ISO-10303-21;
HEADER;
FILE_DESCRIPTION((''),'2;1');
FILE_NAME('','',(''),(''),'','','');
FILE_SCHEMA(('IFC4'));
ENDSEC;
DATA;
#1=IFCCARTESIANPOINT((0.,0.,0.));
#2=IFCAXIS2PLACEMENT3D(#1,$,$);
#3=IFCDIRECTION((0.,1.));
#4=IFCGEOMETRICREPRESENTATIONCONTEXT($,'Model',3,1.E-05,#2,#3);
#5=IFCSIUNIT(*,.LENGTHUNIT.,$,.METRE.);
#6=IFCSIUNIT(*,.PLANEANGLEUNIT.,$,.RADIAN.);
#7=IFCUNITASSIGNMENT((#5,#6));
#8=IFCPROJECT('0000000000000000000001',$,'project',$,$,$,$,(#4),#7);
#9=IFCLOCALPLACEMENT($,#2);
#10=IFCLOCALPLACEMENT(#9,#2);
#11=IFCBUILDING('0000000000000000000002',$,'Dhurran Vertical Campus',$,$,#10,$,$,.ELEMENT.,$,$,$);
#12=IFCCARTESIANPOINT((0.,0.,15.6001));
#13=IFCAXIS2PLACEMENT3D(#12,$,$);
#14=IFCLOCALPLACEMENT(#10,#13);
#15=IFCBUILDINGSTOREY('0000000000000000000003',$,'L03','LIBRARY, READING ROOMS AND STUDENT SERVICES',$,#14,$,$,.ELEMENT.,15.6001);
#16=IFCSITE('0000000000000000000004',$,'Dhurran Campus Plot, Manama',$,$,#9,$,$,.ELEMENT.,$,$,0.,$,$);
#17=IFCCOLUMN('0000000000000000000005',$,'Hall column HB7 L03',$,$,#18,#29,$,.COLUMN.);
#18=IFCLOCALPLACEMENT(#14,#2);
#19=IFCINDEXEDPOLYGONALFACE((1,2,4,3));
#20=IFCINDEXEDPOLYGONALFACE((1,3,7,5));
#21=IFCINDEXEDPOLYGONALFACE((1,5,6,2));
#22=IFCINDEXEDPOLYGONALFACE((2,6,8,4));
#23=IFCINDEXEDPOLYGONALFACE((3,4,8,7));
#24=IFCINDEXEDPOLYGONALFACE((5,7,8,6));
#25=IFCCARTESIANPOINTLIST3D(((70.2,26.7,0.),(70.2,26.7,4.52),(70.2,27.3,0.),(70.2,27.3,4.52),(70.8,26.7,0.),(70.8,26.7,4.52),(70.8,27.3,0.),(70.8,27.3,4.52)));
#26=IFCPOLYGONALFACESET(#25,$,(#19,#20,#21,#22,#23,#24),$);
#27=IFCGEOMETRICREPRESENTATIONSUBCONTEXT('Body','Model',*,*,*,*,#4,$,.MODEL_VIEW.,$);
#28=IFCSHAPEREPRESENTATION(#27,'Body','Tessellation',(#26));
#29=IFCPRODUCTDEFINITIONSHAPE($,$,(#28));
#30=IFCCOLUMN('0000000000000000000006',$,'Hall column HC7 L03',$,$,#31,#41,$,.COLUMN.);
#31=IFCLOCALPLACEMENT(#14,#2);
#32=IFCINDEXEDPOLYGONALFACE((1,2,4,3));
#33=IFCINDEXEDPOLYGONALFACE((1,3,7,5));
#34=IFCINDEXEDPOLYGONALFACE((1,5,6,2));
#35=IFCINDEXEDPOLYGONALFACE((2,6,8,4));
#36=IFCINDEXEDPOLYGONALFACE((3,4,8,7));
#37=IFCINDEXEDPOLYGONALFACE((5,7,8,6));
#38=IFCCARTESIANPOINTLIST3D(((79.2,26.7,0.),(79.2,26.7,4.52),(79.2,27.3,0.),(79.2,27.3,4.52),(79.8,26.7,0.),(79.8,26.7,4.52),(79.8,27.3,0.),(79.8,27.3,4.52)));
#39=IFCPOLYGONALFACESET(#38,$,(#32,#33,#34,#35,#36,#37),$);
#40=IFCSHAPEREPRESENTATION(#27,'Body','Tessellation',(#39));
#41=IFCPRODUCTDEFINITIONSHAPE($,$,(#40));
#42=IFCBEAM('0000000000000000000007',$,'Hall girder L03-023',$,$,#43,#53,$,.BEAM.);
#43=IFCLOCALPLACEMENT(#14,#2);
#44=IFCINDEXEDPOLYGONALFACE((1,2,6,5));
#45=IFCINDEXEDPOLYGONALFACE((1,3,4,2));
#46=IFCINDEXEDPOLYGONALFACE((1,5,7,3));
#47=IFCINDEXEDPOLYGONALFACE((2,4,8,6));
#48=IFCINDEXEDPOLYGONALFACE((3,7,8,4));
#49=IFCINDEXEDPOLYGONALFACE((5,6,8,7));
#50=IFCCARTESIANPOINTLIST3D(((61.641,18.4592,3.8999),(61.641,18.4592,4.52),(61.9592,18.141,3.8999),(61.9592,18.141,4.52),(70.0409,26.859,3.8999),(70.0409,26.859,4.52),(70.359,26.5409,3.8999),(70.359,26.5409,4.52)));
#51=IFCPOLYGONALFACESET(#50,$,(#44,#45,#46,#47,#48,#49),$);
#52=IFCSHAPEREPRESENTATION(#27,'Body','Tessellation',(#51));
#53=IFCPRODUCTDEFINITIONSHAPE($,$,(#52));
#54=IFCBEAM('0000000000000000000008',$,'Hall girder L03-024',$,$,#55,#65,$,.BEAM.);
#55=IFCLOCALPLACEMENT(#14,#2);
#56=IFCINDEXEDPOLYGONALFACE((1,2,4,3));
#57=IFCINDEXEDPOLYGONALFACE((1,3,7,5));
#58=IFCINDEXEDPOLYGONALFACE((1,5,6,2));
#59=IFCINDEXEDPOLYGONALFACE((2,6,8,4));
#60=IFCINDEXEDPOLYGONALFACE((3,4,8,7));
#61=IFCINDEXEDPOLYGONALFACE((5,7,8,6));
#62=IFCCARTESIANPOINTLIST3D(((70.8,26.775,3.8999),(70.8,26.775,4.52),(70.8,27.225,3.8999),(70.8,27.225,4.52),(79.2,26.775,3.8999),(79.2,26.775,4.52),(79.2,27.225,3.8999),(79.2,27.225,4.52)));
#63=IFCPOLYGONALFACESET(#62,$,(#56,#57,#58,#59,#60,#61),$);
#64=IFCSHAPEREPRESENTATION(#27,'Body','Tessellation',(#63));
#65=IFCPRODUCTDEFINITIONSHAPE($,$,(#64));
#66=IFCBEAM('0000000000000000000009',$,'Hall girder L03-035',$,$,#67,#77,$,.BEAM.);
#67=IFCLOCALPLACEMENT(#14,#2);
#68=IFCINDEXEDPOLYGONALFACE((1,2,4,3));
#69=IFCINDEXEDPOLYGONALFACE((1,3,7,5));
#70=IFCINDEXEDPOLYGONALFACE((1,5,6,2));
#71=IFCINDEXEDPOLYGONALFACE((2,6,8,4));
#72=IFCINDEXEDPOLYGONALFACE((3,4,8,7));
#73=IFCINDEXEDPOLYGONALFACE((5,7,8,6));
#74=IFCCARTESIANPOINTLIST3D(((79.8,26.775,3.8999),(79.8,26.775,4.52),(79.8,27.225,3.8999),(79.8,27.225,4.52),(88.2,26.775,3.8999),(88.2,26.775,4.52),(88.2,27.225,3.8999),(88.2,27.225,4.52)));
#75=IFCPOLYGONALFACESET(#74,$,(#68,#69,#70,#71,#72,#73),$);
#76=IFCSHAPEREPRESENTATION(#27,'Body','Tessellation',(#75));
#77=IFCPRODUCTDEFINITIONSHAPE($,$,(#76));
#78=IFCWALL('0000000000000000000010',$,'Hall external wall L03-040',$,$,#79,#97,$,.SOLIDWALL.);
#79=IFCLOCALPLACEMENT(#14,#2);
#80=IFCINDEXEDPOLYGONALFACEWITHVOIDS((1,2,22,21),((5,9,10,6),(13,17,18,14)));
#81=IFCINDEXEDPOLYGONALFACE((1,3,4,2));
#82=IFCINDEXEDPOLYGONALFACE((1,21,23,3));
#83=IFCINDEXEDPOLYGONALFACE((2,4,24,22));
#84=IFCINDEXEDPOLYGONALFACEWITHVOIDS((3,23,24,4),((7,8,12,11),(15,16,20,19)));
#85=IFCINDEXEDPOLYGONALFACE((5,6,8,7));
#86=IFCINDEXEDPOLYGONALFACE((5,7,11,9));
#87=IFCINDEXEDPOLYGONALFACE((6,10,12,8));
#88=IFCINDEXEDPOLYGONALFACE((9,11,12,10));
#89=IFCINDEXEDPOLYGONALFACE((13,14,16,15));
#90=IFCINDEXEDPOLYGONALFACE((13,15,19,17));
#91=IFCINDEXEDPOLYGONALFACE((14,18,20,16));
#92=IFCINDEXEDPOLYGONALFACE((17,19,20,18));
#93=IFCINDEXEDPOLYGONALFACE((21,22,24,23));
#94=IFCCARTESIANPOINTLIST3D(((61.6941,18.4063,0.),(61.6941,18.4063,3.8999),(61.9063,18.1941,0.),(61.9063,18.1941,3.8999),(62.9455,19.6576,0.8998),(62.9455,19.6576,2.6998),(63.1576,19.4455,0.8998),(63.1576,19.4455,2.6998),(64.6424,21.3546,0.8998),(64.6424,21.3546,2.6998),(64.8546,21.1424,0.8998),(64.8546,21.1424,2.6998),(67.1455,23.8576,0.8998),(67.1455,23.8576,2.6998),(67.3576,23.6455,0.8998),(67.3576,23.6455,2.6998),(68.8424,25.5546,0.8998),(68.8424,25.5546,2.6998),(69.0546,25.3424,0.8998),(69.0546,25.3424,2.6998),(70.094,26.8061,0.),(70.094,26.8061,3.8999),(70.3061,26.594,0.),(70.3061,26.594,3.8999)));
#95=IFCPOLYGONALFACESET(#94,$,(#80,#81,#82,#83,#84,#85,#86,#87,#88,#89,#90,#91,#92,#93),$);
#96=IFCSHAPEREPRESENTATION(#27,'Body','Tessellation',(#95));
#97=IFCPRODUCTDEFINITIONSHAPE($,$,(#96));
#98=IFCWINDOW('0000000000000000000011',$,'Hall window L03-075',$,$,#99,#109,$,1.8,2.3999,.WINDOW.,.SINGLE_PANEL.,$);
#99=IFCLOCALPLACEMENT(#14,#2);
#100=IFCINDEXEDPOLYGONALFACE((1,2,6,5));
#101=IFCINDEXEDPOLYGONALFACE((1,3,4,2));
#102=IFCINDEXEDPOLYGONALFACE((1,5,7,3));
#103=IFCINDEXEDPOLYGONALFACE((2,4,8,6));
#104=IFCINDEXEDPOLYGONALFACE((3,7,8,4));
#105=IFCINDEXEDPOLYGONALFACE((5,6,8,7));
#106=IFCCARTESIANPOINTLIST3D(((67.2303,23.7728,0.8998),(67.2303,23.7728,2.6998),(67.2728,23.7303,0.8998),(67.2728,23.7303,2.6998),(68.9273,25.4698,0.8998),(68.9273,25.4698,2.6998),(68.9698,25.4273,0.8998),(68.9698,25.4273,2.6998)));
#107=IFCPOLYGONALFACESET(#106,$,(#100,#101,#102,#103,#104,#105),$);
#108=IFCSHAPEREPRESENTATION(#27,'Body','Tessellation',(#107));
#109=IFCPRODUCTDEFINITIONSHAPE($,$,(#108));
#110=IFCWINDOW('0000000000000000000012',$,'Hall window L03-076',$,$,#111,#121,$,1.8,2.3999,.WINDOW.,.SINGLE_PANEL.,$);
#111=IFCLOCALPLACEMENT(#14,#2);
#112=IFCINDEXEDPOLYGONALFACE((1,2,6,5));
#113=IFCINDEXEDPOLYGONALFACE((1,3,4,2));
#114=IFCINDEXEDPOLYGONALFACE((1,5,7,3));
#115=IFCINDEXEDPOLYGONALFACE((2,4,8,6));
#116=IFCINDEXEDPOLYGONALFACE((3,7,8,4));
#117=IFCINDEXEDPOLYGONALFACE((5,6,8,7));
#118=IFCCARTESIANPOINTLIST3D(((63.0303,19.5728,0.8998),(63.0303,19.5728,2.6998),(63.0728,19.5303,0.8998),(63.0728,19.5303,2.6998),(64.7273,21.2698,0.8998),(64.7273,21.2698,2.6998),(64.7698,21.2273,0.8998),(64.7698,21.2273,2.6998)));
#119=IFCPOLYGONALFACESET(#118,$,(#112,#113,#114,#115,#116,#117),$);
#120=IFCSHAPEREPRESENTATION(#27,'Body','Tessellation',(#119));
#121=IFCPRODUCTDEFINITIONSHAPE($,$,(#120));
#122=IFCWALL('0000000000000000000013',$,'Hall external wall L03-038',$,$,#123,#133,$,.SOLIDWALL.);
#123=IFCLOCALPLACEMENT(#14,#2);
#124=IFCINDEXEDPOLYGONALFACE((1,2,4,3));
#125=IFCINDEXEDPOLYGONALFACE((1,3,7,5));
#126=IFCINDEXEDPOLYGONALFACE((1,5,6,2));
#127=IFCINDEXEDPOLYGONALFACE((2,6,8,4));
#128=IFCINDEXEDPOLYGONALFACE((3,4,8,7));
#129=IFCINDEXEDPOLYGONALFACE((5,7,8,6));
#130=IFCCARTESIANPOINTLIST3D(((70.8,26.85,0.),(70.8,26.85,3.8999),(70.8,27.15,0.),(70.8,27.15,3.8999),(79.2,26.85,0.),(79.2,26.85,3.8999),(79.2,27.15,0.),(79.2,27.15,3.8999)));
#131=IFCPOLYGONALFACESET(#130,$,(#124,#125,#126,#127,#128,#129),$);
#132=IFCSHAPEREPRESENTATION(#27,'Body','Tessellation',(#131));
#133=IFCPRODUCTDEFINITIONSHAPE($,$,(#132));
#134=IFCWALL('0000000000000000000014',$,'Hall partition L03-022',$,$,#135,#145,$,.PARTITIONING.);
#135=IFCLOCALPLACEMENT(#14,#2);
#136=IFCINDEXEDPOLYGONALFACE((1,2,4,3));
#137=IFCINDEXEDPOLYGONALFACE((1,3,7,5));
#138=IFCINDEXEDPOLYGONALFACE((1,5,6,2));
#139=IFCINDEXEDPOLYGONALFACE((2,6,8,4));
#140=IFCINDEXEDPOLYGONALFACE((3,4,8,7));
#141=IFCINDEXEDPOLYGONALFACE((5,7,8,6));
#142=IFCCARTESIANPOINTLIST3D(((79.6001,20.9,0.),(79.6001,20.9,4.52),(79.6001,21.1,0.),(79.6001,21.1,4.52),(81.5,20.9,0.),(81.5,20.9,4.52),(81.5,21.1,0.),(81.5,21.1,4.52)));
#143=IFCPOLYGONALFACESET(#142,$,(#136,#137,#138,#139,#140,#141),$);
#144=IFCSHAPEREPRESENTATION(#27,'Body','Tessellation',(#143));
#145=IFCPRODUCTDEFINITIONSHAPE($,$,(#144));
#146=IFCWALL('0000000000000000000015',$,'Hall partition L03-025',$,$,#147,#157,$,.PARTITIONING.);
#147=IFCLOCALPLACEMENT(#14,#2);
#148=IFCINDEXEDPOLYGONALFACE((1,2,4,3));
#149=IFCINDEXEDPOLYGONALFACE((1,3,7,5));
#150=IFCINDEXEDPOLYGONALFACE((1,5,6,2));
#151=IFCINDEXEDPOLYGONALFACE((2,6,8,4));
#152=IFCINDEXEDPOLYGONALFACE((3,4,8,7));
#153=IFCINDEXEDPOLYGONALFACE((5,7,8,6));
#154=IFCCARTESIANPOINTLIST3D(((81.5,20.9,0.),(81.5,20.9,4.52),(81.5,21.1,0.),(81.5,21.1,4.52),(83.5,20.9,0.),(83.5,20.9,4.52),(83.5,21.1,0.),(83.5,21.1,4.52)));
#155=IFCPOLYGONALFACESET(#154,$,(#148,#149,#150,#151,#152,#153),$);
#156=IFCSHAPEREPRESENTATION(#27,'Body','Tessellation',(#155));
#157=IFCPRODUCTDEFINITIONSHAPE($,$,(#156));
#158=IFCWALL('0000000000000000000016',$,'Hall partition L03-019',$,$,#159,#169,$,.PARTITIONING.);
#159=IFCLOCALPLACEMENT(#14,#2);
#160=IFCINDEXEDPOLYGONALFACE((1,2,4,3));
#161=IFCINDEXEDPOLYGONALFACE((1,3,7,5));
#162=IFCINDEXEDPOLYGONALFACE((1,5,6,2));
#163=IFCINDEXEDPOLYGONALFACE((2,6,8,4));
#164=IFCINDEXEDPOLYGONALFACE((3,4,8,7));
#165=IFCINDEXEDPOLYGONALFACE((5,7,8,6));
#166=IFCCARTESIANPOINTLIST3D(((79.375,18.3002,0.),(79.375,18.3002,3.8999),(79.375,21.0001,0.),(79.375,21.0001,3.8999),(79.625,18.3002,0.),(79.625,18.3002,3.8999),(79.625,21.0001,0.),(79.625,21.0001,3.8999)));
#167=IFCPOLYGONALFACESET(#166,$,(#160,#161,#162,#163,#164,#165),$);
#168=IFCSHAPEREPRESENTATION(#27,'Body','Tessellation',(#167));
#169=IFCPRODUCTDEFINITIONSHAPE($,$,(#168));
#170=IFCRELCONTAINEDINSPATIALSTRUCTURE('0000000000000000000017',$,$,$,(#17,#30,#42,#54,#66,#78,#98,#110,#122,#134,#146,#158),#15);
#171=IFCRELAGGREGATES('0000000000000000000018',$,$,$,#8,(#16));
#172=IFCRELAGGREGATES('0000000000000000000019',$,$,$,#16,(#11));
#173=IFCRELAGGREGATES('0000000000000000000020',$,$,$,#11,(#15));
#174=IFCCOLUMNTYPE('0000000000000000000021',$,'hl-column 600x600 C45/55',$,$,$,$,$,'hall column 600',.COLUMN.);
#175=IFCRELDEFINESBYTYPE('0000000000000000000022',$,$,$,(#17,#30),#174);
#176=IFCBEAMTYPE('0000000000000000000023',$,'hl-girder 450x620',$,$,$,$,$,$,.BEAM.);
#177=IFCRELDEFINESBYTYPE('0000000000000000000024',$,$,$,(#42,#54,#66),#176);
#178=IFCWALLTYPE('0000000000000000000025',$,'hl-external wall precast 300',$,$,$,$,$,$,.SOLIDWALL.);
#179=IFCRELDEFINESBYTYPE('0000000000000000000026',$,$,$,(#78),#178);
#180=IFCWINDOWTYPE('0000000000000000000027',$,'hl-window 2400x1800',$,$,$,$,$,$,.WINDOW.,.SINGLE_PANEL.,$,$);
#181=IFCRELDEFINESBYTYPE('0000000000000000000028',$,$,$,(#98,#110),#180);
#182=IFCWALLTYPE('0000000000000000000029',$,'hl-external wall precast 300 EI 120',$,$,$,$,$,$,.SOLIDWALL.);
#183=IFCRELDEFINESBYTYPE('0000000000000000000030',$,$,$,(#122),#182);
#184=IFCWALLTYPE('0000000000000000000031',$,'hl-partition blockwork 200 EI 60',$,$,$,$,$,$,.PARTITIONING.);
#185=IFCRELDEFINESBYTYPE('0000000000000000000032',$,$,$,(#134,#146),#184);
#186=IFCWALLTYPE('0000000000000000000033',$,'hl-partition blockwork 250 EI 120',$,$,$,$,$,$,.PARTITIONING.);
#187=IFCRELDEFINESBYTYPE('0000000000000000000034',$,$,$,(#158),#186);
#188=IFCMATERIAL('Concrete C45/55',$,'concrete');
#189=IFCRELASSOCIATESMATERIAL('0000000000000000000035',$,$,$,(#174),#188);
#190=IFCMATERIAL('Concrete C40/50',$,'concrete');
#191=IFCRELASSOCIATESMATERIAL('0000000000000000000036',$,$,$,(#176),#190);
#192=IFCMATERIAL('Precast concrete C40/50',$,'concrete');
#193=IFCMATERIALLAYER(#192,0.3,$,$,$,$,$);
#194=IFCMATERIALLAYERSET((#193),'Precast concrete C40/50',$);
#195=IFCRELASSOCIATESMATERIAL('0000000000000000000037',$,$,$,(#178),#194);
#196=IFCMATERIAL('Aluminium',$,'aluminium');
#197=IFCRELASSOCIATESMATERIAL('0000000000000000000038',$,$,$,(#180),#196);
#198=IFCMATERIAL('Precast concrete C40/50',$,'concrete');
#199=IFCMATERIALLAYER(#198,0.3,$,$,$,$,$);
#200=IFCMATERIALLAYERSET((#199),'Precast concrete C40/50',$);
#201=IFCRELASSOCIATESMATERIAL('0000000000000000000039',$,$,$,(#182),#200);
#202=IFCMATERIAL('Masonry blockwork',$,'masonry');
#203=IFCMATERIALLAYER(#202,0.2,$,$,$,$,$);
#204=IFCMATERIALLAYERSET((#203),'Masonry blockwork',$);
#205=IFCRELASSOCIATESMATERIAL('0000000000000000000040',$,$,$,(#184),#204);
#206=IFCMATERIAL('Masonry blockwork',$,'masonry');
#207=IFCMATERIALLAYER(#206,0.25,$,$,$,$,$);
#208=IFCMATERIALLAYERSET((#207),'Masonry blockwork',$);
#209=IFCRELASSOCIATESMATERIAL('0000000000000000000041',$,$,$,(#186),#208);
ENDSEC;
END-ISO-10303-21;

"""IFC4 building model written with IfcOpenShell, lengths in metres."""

from ifc_helpers import new_model, si_unit, direction, frame, frame_2d, origin, origin_2d, place, context, subcontext, project, spatial, rectangle, extrude, material, layer, layer_set, material_profile, profile_set, type_object, element, fill, save


model = new_model("IFC4")

# Units and contexts
model_context = context("Model", 3, precision=1e-05, world=origin(), true_north=direction((0.0, 1.0)))
body_context = subcontext(model_context, "Body", "Model", "MODEL_VIEW")
ifc_project = project(units=[si_unit("LENGTHUNIT", "METRE"), si_unit("PLANEANGLEUNIT", "RADIAN")], contexts=[model_context])

# Site, building, storey
site_placement = place(None, origin())
site = spatial("IfcSite", under=ifc_project, at=site_placement, Name="Dhurran Campus Plot, Manama", CompositionType="ELEMENT", RefElevation=0.0)
building_placement = place(site_placement, origin())
building = spatial("IfcBuilding", under=site, at=building_placement, Name="Dhurran Vertical Campus", CompositionType="ELEMENT")
storey_placement = place(building_placement, frame((0.0, 0.0, 15.6001)))
storey = spatial("IfcBuildingStorey", under=building, at=storey_placement, Name="L03", Description="LIBRARY, READING ROOMS AND STUDENT SERVICES", CompositionType="ELEMENT", Elevation=15.6001)

# Columns
ifc_material_1 = material(Name="Concrete C45/55", Category="concrete")
ifc_material_profile_1 = material_profile(ifc_material_1, rectangle(XDim=0.6001, YDim=0.6001, at=origin_2d()), Name="hl-column 600x600 C45/55")
ifc_profile_set_1 = profile_set([ifc_material_profile_1], Name="Concrete C45/55")
column_type = type_object("IfcColumnType", Name="hl-column 600x600 C45/55", ElementType="hall column 600", PredefinedType="COLUMN", material=ifc_profile_set_1)
for number, where, z_axis, x_axis, name in (
    (1, (70.5, 27.0, 0.0), (0.0, 0.0, 1.0), (1.0, 0.0, 0.0), "Hall column HB7 L03"),
    (2, (79.5, 27.0, 0.0), (0.0, 0.0, 1.0), (1.0, 0.0, 0.0), "Hall column HC7 L03"),
):
    element("IfcColumn", number, at=place(storey_placement, frame(where, z_axis=z_axis, x_axis=x_axis)), inside=storey, type_object=column_type, Name=name, PredefinedType="COLUMN", context=body_context, shape_type="SweptSolid", body=[
        extrude(rectangle(XDim=0.6001, YDim=0.6001, at=origin_2d()), origin(), (0.0, 0.0, 1.0), 4.52),
    ])

# Beams
ifc_material_2 = material(Name="Concrete C40/50", Category="concrete")
ifc_material_profile_2 = material_profile(ifc_material_2, rectangle(XDim=0.45, YDim=0.6201, at=origin_2d()), Name="hl-girder 450x620")
ifc_profile_set_2 = profile_set([ifc_material_profile_2], Name="Concrete C40/50")
beam_type = type_object("IfcBeamType", Name="hl-girder 450x620", PredefinedType="BEAM", material=ifc_profile_set_2)
beam_placement = place(storey_placement, frame((70.2, 26.7, 4.21), z_axis=(-0.707107, -0.707107, 0.0), x_axis=(0.707107, -0.707107, 0.0)))
element("IfcBeam", 3, at=beam_placement, inside=storey, type_object=beam_type, Name="Hall girder L03-023", PredefinedType="BEAM", context=body_context, shape_type="SweptSolid", body=[
    extrude(rectangle(XDim=0.45, YDim=0.6201, at=origin_2d()), origin(), (0.0, 0.0, 1.0), 11.8792),
])
for number, where, z_axis, x_axis, name in (
    (4, (70.8, 27.0, 4.21), (1.0, 0.0, 0.0), (0.0, 1.0, 0.0), "Hall girder L03-024"),
    (5, (79.8, 27.0, 4.21), (1.0, 0.0, 0.0), (0.0, 1.0, 0.0), "Hall girder L03-035"),
):
    element("IfcBeam", number, at=place(storey_placement, frame(where, z_axis=z_axis, x_axis=x_axis)), inside=storey, type_object=beam_type, Name=name, PredefinedType="BEAM", context=body_context, shape_type="SweptSolid", body=[
        extrude(rectangle(XDim=0.45, YDim=0.6201, at=origin_2d()), origin(), (0.0, 0.0, 1.0), 8.3999),
    ])

# Wall, openings, windows
ifc_material_3 = material(Name="Precast concrete C40/50", Category="concrete")
ifc_layer_1 = layer(ifc_material_3, 0.3)
ifc_layer_set_1 = layer_set([ifc_layer_1], Name="Precast concrete C40/50")
wall_type_1 = type_object("IfcWallType", Name="hl-external wall precast 300", PredefinedType="SOLIDWALL", material=ifc_layer_set_1)
wall_1_placement = place(storey_placement, frame((70.2, 26.7, 0.0), z_axis=(0.0, 0.0, 1.0), x_axis=(-0.707107, -0.707107, 0.0)))
wall_1 = element("IfcWall", 6, at=wall_1_placement, inside=storey, type_object=wall_type_1, Name="Hall external wall L03-040", PredefinedType="SOLIDWALL", context=body_context, shape_type="SweptSolid", body=[
    extrude(rectangle(XDim=11.8792, YDim=0.3, at=frame_2d((5.9395, 0.0))), origin(), (0.0, 0.0, 1.0), 3.8999),
])
opening_1_placement = place(wall_1_placement, frame((1.7698, 0.0, 0.8999)))
opening_1 = element("IfcOpeningElement", 7, at=opening_1_placement, cuts=wall_1, PredefinedType="OPENING", context=body_context, shape_type="SweptSolid", body=[
    extrude(rectangle(XDim=2.3999, YDim=1.8, at=frame_2d((1.2, 0.8999))), frame((0.0, 0.1599, 0.0), z_axis=(0.0, -1.0, 0.0), x_axis=(1.0, 0.0, 0.0)), (0.0, 0.0, 1.0), 0.3201),
])
opening_2_placement = place(wall_1_placement, frame((7.7095, 0.0, 0.8999)))
opening_2 = element("IfcOpeningElement", 8, at=opening_2_placement, cuts=wall_1, PredefinedType="OPENING", context=body_context, shape_type="SweptSolid", body=[
    extrude(rectangle(XDim=2.3999, YDim=1.8, at=frame_2d((1.2, 0.8999))), frame((0.0, 0.1599, 0.0), z_axis=(0.0, -1.0, 0.0), x_axis=(1.0, 0.0, 0.0)), (0.0, 0.0, 1.0), 0.3201),
])
ifc_material_4 = material(Name="Aluminium", Category="aluminium")
window_type = type_object("IfcWindowType", Name="hl-window 2400x1800", PartitioningType="SINGLE_PANEL", PredefinedType="WINDOW", material=ifc_material_4)
window_1_placement = place(opening_1_placement, origin())
window_1 = element("IfcWindow", 9, at=window_1_placement, inside=storey, type_object=window_type, Name="Hall window L03-075", OverallHeight=1.8, OverallWidth=2.3999, PartitioningType="SINGLE_PANEL", PredefinedType="WINDOW", context=body_context, shape_type="SweptSolid", body=[
    extrude(rectangle(XDim=2.3999, YDim=1.8, at=frame_2d((1.2, 0.8999))), frame((0.0, 0.03, 0.0), z_axis=(0.0, -1.0, 0.0), x_axis=(1.0, 0.0, 0.0)), (0.0, 0.0, 1.0), 0.0601),
])
fill(opening_1, window_1)
window_2_placement = place(opening_2_placement, origin())
window_2 = element("IfcWindow", 10, at=window_2_placement, inside=storey, type_object=window_type, Name="Hall window L03-076", OverallHeight=1.8, OverallWidth=2.3999, PartitioningType="SINGLE_PANEL", PredefinedType="WINDOW", context=body_context, shape_type="SweptSolid", body=[
    extrude(rectangle(XDim=2.3999, YDim=1.8, at=frame_2d((1.2, 0.8999))), frame((0.0, 0.03, 0.0), z_axis=(0.0, -1.0, 0.0), x_axis=(1.0, 0.0, 0.0)), (0.0, 0.0, 1.0), 0.0601),
])
fill(opening_2, window_2)

# Walls
ifc_material_5 = material(Name="Precast concrete C40/50", Category="concrete")
ifc_layer_2 = layer(ifc_material_5, 0.3)
ifc_layer_set_2 = layer_set([ifc_layer_2], Name="Precast concrete C40/50")
wall_type_2 = type_object("IfcWallType", Name="hl-external wall precast 300 EI 120", PredefinedType="SOLIDWALL", material=ifc_layer_set_2)
wall_2_placement = place(storey_placement, frame((79.2, 27.0, 0.0), z_axis=(0.0, 0.0, 1.0), x_axis=(-1.0, 0.0, 0.0)))
element("IfcWall", 11, at=wall_2_placement, inside=storey, type_object=wall_type_2, Name="Hall external wall L03-038", PredefinedType="SOLIDWALL", context=body_context, shape_type="SweptSolid", body=[
    extrude(rectangle(XDim=8.3999, YDim=0.3, at=frame_2d((4.2, 0.0))), origin(), (0.0, 0.0, 1.0), 3.8999),
])
ifc_material_6 = material(Name="Masonry blockwork", Category="masonry")
ifc_layer_3 = layer(ifc_material_6, 0.2)
ifc_layer_set_3 = layer_set([ifc_layer_3], Name="Masonry blockwork")
wall_type_3 = type_object("IfcWallType", Name="hl-partition blockwork 200 EI 60", PredefinedType="PARTITIONING", material=ifc_layer_set_3)
wall_3_placement = place(storey_placement, frame((79.6001, 21.0, 0.0), z_axis=(0.0, 0.0, 1.0), x_axis=(1.0, 0.0, 0.0)))
element("IfcWall", 12, at=wall_3_placement, inside=storey, type_object=wall_type_3, Name="Hall partition L03-022", PredefinedType="PARTITIONING", context=body_context, shape_type="SweptSolid", body=[
    extrude(rectangle(XDim=1.8999, YDim=0.2, at=frame_2d((0.95, 0.0))), origin(), (0.0, 0.0, 1.0), 4.52),
])
wall_4_placement = place(storey_placement, frame((81.5, 21.0, 0.0), z_axis=(0.0, 0.0, 1.0), x_axis=(1.0, 0.0, 0.0)))
element("IfcWall", 13, at=wall_4_placement, inside=storey, type_object=wall_type_3, Name="Hall partition L03-025", PredefinedType="PARTITIONING", context=body_context, shape_type="SweptSolid", body=[
    extrude(rectangle(XDim=2.0, YDim=0.2, at=frame_2d((1.0, 0.0))), origin(), (0.0, 0.0, 1.0), 4.52),
])
ifc_material_7 = material(Name="Masonry blockwork", Category="masonry")
ifc_layer_4 = layer(ifc_material_7, 0.25)
ifc_layer_set_4 = layer_set([ifc_layer_4], Name="Masonry blockwork")
wall_type_4 = type_object("IfcWallType", Name="hl-partition blockwork 250 EI 120", PredefinedType="PARTITIONING", material=ifc_layer_set_4)
wall_5_placement = place(storey_placement, frame((79.5, 18.3, 0.0), z_axis=(0.0, 0.0, 1.0), x_axis=(0.0, 1.0, 0.0)))
element("IfcWall", 14, at=wall_5_placement, inside=storey, type_object=wall_type_4, Name="Hall partition L03-019", PredefinedType="PARTITIONING", context=body_context, shape_type="SweptSolid", body=[
    extrude(rectangle(XDim=2.7, YDim=0.25, at=frame_2d((1.3501, 0.0))), origin(), (0.0, 0.0, 1.0), 3.8999),
])

save(model, "model.ifc")
